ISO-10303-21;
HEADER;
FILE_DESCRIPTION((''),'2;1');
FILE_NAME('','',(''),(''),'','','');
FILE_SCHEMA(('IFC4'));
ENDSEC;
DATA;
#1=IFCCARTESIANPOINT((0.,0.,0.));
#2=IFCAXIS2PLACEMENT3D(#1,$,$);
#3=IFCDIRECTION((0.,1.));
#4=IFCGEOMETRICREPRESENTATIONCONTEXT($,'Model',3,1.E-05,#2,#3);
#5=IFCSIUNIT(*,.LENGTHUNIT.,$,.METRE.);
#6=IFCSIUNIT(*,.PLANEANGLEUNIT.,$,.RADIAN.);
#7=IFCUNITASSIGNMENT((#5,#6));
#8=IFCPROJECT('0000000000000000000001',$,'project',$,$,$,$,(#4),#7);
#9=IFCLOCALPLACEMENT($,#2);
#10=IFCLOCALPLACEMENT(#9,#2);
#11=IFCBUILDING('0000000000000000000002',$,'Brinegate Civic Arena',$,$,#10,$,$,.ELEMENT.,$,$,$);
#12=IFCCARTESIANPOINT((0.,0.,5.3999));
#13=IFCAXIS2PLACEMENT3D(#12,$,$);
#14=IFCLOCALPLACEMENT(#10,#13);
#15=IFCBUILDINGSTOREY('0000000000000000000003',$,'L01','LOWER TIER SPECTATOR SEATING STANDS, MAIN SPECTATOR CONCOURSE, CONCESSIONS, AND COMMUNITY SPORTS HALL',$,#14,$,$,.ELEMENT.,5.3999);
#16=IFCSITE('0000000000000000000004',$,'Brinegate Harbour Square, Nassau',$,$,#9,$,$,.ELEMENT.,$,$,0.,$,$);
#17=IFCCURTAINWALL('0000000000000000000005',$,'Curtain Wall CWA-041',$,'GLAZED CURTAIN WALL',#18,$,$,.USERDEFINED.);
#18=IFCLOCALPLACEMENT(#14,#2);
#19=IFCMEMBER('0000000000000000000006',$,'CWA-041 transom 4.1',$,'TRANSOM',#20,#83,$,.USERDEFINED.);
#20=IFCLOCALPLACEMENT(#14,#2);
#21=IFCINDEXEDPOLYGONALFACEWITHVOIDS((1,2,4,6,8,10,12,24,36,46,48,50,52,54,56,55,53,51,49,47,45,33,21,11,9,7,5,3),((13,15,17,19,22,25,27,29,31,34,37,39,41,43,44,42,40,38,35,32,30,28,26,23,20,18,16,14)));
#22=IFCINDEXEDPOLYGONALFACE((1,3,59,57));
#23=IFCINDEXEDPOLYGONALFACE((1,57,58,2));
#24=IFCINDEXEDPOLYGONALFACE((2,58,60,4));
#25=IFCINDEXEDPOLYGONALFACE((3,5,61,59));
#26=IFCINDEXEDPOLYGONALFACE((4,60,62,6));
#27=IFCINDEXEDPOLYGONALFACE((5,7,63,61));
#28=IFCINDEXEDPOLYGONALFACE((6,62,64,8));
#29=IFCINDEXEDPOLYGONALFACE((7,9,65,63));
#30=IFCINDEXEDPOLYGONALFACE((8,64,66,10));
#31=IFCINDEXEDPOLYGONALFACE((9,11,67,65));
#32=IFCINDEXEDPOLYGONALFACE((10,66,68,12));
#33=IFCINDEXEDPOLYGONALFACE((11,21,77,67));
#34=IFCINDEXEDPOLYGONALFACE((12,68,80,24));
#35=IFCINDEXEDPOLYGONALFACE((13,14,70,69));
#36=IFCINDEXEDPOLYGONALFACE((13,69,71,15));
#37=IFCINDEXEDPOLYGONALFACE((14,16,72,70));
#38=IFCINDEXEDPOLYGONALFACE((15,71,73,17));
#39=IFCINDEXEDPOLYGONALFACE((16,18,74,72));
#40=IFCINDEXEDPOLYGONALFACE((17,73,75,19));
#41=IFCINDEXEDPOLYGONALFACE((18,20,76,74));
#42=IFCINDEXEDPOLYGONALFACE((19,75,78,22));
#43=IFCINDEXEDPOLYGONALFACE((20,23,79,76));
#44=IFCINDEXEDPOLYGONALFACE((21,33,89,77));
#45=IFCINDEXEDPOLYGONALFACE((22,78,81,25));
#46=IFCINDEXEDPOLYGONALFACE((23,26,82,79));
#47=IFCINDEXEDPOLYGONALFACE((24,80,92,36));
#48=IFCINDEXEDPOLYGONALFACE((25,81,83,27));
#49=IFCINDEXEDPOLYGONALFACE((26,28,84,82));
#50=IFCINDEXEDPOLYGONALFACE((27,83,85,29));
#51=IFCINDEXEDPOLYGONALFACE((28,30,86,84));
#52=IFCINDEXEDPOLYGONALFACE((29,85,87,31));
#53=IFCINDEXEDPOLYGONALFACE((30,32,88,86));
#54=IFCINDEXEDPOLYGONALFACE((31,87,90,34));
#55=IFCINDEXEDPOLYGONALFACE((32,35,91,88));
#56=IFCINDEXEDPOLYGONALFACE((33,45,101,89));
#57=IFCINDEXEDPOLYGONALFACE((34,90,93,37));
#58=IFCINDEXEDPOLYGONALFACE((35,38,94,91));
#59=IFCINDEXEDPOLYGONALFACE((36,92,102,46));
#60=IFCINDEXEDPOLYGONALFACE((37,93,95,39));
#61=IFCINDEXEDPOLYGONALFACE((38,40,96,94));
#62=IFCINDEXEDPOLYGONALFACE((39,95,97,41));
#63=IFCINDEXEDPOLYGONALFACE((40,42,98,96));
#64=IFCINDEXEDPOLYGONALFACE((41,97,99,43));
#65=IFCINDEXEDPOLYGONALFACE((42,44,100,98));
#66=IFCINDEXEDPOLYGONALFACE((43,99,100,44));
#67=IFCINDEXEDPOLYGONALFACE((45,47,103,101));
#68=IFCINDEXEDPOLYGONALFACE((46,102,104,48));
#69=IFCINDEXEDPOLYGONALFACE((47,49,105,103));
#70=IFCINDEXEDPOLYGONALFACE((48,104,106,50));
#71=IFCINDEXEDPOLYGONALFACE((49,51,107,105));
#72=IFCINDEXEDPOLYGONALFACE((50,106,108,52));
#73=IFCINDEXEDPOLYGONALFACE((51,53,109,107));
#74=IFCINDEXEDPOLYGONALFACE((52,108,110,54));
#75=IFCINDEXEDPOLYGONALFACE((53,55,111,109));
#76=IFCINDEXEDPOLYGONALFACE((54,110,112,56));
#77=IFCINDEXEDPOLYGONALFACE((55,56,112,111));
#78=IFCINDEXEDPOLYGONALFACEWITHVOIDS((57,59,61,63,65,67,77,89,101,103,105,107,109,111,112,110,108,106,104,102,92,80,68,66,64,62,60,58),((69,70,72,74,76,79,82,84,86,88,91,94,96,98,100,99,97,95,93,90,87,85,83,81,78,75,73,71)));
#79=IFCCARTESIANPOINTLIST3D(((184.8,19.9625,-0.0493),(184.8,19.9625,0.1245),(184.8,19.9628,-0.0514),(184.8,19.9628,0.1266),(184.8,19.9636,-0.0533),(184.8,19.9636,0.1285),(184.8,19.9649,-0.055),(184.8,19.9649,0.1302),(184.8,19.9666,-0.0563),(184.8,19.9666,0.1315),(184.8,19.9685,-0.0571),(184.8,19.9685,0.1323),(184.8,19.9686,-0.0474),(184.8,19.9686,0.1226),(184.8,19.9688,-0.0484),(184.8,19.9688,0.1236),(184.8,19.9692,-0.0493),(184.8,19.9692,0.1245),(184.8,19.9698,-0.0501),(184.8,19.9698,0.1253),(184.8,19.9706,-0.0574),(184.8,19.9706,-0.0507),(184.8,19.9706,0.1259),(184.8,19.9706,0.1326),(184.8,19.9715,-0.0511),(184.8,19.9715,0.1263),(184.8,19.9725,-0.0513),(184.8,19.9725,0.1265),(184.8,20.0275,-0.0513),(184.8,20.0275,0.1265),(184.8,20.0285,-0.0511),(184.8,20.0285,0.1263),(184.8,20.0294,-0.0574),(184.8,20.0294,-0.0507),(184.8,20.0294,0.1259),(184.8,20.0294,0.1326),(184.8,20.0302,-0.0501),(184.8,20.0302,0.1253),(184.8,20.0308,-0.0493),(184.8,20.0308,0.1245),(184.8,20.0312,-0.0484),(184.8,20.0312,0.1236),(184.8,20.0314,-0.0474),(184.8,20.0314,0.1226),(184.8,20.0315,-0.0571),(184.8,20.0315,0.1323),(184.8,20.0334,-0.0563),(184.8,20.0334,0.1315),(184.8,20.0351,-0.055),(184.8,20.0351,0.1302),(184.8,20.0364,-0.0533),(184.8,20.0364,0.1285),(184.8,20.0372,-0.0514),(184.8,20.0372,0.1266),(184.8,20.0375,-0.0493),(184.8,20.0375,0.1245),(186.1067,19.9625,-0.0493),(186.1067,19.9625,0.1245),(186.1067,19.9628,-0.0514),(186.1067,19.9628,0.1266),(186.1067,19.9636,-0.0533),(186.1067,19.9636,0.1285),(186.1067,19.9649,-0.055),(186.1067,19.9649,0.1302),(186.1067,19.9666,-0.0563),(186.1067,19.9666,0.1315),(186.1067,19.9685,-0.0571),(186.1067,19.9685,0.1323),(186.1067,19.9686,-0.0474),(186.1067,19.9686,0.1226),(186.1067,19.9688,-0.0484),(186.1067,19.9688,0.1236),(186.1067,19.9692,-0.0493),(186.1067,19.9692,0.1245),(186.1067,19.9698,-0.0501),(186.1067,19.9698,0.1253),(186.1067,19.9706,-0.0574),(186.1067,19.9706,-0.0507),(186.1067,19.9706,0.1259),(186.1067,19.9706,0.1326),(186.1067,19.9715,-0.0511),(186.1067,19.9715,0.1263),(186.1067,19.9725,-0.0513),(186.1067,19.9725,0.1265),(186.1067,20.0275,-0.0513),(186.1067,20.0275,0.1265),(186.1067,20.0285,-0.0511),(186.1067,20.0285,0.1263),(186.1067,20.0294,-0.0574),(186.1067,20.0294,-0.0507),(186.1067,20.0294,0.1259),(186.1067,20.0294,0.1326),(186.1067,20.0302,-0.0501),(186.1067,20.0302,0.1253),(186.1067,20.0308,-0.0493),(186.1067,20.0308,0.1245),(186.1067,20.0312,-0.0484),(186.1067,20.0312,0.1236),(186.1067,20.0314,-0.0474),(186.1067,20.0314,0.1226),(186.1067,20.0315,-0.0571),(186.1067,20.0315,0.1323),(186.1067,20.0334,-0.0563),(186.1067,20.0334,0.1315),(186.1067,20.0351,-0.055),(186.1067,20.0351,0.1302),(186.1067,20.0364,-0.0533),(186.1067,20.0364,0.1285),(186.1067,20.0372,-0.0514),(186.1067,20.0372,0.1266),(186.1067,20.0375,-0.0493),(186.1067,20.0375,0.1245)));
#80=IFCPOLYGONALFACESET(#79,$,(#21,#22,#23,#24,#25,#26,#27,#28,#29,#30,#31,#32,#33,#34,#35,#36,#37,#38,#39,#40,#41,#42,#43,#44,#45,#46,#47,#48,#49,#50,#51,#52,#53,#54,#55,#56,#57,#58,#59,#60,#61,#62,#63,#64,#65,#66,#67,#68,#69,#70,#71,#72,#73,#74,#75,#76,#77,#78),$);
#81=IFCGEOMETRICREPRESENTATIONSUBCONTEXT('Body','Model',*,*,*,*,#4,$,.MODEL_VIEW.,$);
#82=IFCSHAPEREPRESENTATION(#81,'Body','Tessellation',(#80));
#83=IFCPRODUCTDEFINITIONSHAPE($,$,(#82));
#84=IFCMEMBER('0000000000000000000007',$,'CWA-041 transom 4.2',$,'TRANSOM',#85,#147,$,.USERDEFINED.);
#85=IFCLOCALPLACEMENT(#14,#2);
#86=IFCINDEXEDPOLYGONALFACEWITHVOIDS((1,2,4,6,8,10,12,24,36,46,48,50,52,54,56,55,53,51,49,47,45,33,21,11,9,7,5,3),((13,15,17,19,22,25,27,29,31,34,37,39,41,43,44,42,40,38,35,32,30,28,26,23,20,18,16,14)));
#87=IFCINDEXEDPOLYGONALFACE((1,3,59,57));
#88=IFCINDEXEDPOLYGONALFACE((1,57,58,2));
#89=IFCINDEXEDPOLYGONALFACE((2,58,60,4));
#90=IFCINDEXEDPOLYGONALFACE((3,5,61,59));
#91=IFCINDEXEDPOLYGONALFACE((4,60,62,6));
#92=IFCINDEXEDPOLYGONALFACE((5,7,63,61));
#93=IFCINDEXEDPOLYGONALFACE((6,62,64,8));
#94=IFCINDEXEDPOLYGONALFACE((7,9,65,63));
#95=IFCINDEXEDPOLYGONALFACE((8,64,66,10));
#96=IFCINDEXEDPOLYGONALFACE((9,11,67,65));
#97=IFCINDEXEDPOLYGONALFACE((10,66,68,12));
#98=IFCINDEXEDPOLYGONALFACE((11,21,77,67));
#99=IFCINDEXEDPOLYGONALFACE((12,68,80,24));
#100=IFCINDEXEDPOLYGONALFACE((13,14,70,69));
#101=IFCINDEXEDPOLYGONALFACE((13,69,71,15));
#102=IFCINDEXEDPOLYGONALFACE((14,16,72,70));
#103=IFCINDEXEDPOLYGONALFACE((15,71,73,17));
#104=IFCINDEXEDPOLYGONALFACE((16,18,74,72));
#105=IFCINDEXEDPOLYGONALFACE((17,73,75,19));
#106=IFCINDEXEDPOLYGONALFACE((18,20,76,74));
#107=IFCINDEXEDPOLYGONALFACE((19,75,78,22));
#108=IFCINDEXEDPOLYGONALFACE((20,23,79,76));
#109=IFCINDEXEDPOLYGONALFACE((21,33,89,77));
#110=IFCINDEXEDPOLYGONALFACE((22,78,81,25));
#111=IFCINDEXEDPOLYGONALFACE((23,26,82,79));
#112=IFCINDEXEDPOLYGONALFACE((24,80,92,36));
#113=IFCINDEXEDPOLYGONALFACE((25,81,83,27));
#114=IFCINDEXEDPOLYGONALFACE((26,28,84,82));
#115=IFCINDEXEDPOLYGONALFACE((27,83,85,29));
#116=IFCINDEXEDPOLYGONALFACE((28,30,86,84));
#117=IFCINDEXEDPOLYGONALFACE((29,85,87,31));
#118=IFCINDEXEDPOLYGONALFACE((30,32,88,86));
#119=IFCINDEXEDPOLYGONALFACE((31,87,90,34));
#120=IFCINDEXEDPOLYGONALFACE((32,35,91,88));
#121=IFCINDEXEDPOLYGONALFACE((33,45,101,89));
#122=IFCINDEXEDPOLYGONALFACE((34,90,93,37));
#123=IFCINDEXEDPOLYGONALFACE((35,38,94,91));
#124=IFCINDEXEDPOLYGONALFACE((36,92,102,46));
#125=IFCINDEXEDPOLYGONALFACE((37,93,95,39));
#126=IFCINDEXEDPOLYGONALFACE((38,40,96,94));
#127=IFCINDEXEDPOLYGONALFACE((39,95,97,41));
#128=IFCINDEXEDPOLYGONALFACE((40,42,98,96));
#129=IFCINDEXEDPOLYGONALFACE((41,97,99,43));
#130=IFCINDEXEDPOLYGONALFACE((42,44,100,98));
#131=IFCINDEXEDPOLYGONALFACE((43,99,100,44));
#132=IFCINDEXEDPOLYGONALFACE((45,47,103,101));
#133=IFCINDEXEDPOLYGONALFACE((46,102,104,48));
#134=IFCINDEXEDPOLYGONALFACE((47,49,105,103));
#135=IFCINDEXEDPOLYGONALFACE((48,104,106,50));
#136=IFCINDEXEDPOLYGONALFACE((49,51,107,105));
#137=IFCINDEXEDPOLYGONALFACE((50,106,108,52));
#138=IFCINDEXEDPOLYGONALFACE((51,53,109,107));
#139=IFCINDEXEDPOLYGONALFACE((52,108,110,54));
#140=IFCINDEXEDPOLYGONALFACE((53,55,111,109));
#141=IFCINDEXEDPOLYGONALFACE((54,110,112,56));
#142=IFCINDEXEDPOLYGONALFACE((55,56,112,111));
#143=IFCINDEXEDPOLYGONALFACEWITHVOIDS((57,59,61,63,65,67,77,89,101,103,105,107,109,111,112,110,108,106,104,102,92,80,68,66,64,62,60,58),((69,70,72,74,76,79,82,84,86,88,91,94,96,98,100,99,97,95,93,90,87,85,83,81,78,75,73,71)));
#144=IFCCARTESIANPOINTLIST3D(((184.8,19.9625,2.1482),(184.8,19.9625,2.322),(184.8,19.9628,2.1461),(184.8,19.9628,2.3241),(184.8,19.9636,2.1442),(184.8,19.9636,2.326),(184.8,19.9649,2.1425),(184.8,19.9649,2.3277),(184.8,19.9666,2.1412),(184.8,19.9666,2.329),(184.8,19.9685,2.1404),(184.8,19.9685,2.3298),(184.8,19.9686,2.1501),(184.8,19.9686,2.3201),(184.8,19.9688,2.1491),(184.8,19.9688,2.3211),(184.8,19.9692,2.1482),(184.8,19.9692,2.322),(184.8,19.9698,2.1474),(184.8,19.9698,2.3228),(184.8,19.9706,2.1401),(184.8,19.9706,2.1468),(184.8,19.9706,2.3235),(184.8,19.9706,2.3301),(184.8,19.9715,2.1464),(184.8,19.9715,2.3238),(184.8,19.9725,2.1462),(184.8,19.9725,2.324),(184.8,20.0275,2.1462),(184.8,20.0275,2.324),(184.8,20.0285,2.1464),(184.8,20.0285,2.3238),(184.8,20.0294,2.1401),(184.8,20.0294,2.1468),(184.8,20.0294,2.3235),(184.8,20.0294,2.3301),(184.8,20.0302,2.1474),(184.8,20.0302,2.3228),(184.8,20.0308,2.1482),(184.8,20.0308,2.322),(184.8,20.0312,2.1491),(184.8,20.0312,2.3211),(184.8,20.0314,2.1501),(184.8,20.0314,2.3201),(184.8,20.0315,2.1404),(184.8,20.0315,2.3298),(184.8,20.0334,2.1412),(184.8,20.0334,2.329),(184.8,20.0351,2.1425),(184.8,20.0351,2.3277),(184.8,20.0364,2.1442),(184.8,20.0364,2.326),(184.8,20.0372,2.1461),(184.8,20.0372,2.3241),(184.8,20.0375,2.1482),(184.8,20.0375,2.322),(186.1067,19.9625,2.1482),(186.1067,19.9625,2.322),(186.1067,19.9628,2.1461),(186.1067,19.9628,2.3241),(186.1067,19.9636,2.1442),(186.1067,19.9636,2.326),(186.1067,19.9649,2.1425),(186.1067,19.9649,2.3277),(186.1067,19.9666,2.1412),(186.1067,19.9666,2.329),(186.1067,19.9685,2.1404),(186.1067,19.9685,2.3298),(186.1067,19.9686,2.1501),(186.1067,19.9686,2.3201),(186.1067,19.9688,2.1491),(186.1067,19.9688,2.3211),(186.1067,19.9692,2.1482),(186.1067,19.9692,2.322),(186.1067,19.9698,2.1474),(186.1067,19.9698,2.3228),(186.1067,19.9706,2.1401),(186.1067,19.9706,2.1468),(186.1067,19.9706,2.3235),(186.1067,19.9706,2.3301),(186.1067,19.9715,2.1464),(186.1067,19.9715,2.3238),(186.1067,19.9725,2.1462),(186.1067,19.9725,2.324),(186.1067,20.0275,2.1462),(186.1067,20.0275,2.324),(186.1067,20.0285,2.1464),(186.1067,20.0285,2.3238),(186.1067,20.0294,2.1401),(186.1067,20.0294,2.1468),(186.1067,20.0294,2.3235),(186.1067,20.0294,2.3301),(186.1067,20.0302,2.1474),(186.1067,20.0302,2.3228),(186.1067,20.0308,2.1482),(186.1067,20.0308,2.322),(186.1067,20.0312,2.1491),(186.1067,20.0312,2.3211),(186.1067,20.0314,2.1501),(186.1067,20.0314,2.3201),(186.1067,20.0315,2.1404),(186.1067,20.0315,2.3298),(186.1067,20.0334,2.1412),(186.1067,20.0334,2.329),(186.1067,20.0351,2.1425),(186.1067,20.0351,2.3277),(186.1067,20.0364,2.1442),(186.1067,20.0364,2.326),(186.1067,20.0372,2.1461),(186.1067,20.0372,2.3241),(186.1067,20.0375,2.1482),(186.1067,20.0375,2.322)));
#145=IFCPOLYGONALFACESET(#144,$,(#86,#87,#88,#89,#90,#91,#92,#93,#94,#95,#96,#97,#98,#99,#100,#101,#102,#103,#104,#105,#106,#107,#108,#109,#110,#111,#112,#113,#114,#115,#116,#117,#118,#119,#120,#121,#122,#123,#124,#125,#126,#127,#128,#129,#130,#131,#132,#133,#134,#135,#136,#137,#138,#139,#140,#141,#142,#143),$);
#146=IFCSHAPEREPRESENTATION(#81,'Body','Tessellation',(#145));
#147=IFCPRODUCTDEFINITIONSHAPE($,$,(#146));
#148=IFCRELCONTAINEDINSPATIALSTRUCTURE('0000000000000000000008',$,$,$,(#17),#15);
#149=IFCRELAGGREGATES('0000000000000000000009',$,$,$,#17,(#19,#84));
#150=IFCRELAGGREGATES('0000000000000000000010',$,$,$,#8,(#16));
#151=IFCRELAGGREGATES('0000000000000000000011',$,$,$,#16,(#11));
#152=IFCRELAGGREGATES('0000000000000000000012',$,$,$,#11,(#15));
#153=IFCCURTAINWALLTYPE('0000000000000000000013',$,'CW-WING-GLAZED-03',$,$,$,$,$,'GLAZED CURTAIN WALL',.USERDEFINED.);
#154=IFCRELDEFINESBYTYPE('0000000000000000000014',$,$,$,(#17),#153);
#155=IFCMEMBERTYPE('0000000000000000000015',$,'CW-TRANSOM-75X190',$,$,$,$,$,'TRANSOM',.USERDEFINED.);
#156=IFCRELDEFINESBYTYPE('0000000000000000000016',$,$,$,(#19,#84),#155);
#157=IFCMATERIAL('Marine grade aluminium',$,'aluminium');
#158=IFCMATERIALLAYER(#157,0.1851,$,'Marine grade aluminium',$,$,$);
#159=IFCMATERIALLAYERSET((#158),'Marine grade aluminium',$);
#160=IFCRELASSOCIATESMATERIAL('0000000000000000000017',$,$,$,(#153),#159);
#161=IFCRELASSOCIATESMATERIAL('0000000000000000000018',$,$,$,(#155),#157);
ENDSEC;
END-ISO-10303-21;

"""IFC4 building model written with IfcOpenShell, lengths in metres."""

from ifc_helpers import new_model, si_unit, direction, frame, origin, origin_2d, place, context, subcontext, project, spatial, hollow_rectangle, extrude, material, layer, layer_set, material_profile, profile_set, type_object, element, aggregate, save


model = new_model("IFC4")

# Units and contexts
model_context = context("Model", 3, precision=1e-05, world=origin(), true_north=direction((0.0, 1.0)))
body_context = subcontext(model_context, "Body", "Model", "MODEL_VIEW")
ifc_project = project(units=[si_unit("LENGTHUNIT", "METRE"), si_unit("PLANEANGLEUNIT", "RADIAN")], contexts=[model_context])

# Site, building, storey
site_placement = place(None, origin())
site = spatial("IfcSite", under=ifc_project, at=site_placement, Name="Brinegate Harbour Square, Nassau", CompositionType="ELEMENT", RefElevation=0.0)
building_placement = place(site_placement, origin())
building = spatial("IfcBuilding", under=site, at=building_placement, Name="Brinegate Civic Arena", CompositionType="ELEMENT")
storey_placement = place(building_placement, frame((0.0, 0.0, 5.3999)))
storey = spatial("IfcBuildingStorey", under=building, at=storey_placement, Name="L01", Description="LOWER TIER SPECTATOR SEATING STANDS, MAIN SPECTATOR CONCOURSE, CONCESSIONS, AND COMMUNITY SPORTS HALL", CompositionType="ELEMENT", Elevation=5.3999)

# Curtain wall, members
ifc_material_1 = material(Name="Marine grade aluminium", Category="aluminium")
ifc_layer_1 = layer(ifc_material_1, 0.1851, Name="Marine grade aluminium")
ifc_layer_set_1 = layer_set([ifc_layer_1], Name="Marine grade aluminium")
curtain_wall_type = type_object("IfcCurtainWallType", Name="CW-WING-GLAZED-03", ElementType="GLAZED CURTAIN WALL", PredefinedType="USERDEFINED", material=ifc_layer_set_1)
curtain_wall_placement = place(storey_placement, origin())
curtain_wall = element("IfcCurtainWall", 1, at=curtain_wall_placement, inside=storey, type_object=curtain_wall_type, Name="Curtain Wall CWA-041", ObjectType="GLAZED CURTAIN WALL", PredefinedType="USERDEFINED")
ifc_material_profile_1 = material_profile(ifc_material_1, hollow_rectangle(XDim=0.075, YDim=0.1899, WallThickness=0.0061, InnerFilletRadius=0.0039, OuterFilletRadius=0.0081, at=origin_2d()), Name="TRN75X190")
ifc_profile_set_1 = profile_set([ifc_material_profile_1], Name="Marine grade aluminium")
member_type_1 = type_object("IfcMemberType", Name="CW-TRANSOM-75X190", ElementType="TRANSOM", PredefinedType="USERDEFINED", material=ifc_profile_set_1)
member_1_placement = place(storey_placement, frame((184.8, 20.0, 0.0376), z_axis=(1.0, 0.0, 0.0), x_axis=(0.0, 1.0, 0.0)))
member_1 = element("IfcMember", 2, at=member_1_placement, type_object=member_type_1, Name="CWA-041 transom 4.1", ObjectType="TRANSOM", PredefinedType="USERDEFINED", context=body_context, shape_type="SweptSolid", body=[
    extrude(hollow_rectangle(XDim=0.075, YDim=0.1899, WallThickness=0.0061, InnerFilletRadius=0.0039, OuterFilletRadius=0.0081, at=origin_2d()), origin(), (0.0, 0.0, 1.0), 1.3066),
])
member_2_placement = place(storey_placement, frame((184.8, 20.0, 2.2351), z_axis=(1.0, 0.0, 0.0), x_axis=(0.0, 1.0, 0.0)))
member_2 = element("IfcMember", 3, at=member_2_placement, type_object=member_type_1, Name="CWA-041 transom 4.2", ObjectType="TRANSOM", PredefinedType="USERDEFINED", context=body_context, shape_type="SweptSolid", body=[
    extrude(hollow_rectangle(XDim=0.075, YDim=0.1899, WallThickness=0.0061, InnerFilletRadius=0.0039, OuterFilletRadius=0.0081, at=origin_2d()), origin(), (0.0, 0.0, 1.0), 1.3066),
])

aggregate(curtain_wall, [member_1, member_2])

save(model, "model.ifc")
